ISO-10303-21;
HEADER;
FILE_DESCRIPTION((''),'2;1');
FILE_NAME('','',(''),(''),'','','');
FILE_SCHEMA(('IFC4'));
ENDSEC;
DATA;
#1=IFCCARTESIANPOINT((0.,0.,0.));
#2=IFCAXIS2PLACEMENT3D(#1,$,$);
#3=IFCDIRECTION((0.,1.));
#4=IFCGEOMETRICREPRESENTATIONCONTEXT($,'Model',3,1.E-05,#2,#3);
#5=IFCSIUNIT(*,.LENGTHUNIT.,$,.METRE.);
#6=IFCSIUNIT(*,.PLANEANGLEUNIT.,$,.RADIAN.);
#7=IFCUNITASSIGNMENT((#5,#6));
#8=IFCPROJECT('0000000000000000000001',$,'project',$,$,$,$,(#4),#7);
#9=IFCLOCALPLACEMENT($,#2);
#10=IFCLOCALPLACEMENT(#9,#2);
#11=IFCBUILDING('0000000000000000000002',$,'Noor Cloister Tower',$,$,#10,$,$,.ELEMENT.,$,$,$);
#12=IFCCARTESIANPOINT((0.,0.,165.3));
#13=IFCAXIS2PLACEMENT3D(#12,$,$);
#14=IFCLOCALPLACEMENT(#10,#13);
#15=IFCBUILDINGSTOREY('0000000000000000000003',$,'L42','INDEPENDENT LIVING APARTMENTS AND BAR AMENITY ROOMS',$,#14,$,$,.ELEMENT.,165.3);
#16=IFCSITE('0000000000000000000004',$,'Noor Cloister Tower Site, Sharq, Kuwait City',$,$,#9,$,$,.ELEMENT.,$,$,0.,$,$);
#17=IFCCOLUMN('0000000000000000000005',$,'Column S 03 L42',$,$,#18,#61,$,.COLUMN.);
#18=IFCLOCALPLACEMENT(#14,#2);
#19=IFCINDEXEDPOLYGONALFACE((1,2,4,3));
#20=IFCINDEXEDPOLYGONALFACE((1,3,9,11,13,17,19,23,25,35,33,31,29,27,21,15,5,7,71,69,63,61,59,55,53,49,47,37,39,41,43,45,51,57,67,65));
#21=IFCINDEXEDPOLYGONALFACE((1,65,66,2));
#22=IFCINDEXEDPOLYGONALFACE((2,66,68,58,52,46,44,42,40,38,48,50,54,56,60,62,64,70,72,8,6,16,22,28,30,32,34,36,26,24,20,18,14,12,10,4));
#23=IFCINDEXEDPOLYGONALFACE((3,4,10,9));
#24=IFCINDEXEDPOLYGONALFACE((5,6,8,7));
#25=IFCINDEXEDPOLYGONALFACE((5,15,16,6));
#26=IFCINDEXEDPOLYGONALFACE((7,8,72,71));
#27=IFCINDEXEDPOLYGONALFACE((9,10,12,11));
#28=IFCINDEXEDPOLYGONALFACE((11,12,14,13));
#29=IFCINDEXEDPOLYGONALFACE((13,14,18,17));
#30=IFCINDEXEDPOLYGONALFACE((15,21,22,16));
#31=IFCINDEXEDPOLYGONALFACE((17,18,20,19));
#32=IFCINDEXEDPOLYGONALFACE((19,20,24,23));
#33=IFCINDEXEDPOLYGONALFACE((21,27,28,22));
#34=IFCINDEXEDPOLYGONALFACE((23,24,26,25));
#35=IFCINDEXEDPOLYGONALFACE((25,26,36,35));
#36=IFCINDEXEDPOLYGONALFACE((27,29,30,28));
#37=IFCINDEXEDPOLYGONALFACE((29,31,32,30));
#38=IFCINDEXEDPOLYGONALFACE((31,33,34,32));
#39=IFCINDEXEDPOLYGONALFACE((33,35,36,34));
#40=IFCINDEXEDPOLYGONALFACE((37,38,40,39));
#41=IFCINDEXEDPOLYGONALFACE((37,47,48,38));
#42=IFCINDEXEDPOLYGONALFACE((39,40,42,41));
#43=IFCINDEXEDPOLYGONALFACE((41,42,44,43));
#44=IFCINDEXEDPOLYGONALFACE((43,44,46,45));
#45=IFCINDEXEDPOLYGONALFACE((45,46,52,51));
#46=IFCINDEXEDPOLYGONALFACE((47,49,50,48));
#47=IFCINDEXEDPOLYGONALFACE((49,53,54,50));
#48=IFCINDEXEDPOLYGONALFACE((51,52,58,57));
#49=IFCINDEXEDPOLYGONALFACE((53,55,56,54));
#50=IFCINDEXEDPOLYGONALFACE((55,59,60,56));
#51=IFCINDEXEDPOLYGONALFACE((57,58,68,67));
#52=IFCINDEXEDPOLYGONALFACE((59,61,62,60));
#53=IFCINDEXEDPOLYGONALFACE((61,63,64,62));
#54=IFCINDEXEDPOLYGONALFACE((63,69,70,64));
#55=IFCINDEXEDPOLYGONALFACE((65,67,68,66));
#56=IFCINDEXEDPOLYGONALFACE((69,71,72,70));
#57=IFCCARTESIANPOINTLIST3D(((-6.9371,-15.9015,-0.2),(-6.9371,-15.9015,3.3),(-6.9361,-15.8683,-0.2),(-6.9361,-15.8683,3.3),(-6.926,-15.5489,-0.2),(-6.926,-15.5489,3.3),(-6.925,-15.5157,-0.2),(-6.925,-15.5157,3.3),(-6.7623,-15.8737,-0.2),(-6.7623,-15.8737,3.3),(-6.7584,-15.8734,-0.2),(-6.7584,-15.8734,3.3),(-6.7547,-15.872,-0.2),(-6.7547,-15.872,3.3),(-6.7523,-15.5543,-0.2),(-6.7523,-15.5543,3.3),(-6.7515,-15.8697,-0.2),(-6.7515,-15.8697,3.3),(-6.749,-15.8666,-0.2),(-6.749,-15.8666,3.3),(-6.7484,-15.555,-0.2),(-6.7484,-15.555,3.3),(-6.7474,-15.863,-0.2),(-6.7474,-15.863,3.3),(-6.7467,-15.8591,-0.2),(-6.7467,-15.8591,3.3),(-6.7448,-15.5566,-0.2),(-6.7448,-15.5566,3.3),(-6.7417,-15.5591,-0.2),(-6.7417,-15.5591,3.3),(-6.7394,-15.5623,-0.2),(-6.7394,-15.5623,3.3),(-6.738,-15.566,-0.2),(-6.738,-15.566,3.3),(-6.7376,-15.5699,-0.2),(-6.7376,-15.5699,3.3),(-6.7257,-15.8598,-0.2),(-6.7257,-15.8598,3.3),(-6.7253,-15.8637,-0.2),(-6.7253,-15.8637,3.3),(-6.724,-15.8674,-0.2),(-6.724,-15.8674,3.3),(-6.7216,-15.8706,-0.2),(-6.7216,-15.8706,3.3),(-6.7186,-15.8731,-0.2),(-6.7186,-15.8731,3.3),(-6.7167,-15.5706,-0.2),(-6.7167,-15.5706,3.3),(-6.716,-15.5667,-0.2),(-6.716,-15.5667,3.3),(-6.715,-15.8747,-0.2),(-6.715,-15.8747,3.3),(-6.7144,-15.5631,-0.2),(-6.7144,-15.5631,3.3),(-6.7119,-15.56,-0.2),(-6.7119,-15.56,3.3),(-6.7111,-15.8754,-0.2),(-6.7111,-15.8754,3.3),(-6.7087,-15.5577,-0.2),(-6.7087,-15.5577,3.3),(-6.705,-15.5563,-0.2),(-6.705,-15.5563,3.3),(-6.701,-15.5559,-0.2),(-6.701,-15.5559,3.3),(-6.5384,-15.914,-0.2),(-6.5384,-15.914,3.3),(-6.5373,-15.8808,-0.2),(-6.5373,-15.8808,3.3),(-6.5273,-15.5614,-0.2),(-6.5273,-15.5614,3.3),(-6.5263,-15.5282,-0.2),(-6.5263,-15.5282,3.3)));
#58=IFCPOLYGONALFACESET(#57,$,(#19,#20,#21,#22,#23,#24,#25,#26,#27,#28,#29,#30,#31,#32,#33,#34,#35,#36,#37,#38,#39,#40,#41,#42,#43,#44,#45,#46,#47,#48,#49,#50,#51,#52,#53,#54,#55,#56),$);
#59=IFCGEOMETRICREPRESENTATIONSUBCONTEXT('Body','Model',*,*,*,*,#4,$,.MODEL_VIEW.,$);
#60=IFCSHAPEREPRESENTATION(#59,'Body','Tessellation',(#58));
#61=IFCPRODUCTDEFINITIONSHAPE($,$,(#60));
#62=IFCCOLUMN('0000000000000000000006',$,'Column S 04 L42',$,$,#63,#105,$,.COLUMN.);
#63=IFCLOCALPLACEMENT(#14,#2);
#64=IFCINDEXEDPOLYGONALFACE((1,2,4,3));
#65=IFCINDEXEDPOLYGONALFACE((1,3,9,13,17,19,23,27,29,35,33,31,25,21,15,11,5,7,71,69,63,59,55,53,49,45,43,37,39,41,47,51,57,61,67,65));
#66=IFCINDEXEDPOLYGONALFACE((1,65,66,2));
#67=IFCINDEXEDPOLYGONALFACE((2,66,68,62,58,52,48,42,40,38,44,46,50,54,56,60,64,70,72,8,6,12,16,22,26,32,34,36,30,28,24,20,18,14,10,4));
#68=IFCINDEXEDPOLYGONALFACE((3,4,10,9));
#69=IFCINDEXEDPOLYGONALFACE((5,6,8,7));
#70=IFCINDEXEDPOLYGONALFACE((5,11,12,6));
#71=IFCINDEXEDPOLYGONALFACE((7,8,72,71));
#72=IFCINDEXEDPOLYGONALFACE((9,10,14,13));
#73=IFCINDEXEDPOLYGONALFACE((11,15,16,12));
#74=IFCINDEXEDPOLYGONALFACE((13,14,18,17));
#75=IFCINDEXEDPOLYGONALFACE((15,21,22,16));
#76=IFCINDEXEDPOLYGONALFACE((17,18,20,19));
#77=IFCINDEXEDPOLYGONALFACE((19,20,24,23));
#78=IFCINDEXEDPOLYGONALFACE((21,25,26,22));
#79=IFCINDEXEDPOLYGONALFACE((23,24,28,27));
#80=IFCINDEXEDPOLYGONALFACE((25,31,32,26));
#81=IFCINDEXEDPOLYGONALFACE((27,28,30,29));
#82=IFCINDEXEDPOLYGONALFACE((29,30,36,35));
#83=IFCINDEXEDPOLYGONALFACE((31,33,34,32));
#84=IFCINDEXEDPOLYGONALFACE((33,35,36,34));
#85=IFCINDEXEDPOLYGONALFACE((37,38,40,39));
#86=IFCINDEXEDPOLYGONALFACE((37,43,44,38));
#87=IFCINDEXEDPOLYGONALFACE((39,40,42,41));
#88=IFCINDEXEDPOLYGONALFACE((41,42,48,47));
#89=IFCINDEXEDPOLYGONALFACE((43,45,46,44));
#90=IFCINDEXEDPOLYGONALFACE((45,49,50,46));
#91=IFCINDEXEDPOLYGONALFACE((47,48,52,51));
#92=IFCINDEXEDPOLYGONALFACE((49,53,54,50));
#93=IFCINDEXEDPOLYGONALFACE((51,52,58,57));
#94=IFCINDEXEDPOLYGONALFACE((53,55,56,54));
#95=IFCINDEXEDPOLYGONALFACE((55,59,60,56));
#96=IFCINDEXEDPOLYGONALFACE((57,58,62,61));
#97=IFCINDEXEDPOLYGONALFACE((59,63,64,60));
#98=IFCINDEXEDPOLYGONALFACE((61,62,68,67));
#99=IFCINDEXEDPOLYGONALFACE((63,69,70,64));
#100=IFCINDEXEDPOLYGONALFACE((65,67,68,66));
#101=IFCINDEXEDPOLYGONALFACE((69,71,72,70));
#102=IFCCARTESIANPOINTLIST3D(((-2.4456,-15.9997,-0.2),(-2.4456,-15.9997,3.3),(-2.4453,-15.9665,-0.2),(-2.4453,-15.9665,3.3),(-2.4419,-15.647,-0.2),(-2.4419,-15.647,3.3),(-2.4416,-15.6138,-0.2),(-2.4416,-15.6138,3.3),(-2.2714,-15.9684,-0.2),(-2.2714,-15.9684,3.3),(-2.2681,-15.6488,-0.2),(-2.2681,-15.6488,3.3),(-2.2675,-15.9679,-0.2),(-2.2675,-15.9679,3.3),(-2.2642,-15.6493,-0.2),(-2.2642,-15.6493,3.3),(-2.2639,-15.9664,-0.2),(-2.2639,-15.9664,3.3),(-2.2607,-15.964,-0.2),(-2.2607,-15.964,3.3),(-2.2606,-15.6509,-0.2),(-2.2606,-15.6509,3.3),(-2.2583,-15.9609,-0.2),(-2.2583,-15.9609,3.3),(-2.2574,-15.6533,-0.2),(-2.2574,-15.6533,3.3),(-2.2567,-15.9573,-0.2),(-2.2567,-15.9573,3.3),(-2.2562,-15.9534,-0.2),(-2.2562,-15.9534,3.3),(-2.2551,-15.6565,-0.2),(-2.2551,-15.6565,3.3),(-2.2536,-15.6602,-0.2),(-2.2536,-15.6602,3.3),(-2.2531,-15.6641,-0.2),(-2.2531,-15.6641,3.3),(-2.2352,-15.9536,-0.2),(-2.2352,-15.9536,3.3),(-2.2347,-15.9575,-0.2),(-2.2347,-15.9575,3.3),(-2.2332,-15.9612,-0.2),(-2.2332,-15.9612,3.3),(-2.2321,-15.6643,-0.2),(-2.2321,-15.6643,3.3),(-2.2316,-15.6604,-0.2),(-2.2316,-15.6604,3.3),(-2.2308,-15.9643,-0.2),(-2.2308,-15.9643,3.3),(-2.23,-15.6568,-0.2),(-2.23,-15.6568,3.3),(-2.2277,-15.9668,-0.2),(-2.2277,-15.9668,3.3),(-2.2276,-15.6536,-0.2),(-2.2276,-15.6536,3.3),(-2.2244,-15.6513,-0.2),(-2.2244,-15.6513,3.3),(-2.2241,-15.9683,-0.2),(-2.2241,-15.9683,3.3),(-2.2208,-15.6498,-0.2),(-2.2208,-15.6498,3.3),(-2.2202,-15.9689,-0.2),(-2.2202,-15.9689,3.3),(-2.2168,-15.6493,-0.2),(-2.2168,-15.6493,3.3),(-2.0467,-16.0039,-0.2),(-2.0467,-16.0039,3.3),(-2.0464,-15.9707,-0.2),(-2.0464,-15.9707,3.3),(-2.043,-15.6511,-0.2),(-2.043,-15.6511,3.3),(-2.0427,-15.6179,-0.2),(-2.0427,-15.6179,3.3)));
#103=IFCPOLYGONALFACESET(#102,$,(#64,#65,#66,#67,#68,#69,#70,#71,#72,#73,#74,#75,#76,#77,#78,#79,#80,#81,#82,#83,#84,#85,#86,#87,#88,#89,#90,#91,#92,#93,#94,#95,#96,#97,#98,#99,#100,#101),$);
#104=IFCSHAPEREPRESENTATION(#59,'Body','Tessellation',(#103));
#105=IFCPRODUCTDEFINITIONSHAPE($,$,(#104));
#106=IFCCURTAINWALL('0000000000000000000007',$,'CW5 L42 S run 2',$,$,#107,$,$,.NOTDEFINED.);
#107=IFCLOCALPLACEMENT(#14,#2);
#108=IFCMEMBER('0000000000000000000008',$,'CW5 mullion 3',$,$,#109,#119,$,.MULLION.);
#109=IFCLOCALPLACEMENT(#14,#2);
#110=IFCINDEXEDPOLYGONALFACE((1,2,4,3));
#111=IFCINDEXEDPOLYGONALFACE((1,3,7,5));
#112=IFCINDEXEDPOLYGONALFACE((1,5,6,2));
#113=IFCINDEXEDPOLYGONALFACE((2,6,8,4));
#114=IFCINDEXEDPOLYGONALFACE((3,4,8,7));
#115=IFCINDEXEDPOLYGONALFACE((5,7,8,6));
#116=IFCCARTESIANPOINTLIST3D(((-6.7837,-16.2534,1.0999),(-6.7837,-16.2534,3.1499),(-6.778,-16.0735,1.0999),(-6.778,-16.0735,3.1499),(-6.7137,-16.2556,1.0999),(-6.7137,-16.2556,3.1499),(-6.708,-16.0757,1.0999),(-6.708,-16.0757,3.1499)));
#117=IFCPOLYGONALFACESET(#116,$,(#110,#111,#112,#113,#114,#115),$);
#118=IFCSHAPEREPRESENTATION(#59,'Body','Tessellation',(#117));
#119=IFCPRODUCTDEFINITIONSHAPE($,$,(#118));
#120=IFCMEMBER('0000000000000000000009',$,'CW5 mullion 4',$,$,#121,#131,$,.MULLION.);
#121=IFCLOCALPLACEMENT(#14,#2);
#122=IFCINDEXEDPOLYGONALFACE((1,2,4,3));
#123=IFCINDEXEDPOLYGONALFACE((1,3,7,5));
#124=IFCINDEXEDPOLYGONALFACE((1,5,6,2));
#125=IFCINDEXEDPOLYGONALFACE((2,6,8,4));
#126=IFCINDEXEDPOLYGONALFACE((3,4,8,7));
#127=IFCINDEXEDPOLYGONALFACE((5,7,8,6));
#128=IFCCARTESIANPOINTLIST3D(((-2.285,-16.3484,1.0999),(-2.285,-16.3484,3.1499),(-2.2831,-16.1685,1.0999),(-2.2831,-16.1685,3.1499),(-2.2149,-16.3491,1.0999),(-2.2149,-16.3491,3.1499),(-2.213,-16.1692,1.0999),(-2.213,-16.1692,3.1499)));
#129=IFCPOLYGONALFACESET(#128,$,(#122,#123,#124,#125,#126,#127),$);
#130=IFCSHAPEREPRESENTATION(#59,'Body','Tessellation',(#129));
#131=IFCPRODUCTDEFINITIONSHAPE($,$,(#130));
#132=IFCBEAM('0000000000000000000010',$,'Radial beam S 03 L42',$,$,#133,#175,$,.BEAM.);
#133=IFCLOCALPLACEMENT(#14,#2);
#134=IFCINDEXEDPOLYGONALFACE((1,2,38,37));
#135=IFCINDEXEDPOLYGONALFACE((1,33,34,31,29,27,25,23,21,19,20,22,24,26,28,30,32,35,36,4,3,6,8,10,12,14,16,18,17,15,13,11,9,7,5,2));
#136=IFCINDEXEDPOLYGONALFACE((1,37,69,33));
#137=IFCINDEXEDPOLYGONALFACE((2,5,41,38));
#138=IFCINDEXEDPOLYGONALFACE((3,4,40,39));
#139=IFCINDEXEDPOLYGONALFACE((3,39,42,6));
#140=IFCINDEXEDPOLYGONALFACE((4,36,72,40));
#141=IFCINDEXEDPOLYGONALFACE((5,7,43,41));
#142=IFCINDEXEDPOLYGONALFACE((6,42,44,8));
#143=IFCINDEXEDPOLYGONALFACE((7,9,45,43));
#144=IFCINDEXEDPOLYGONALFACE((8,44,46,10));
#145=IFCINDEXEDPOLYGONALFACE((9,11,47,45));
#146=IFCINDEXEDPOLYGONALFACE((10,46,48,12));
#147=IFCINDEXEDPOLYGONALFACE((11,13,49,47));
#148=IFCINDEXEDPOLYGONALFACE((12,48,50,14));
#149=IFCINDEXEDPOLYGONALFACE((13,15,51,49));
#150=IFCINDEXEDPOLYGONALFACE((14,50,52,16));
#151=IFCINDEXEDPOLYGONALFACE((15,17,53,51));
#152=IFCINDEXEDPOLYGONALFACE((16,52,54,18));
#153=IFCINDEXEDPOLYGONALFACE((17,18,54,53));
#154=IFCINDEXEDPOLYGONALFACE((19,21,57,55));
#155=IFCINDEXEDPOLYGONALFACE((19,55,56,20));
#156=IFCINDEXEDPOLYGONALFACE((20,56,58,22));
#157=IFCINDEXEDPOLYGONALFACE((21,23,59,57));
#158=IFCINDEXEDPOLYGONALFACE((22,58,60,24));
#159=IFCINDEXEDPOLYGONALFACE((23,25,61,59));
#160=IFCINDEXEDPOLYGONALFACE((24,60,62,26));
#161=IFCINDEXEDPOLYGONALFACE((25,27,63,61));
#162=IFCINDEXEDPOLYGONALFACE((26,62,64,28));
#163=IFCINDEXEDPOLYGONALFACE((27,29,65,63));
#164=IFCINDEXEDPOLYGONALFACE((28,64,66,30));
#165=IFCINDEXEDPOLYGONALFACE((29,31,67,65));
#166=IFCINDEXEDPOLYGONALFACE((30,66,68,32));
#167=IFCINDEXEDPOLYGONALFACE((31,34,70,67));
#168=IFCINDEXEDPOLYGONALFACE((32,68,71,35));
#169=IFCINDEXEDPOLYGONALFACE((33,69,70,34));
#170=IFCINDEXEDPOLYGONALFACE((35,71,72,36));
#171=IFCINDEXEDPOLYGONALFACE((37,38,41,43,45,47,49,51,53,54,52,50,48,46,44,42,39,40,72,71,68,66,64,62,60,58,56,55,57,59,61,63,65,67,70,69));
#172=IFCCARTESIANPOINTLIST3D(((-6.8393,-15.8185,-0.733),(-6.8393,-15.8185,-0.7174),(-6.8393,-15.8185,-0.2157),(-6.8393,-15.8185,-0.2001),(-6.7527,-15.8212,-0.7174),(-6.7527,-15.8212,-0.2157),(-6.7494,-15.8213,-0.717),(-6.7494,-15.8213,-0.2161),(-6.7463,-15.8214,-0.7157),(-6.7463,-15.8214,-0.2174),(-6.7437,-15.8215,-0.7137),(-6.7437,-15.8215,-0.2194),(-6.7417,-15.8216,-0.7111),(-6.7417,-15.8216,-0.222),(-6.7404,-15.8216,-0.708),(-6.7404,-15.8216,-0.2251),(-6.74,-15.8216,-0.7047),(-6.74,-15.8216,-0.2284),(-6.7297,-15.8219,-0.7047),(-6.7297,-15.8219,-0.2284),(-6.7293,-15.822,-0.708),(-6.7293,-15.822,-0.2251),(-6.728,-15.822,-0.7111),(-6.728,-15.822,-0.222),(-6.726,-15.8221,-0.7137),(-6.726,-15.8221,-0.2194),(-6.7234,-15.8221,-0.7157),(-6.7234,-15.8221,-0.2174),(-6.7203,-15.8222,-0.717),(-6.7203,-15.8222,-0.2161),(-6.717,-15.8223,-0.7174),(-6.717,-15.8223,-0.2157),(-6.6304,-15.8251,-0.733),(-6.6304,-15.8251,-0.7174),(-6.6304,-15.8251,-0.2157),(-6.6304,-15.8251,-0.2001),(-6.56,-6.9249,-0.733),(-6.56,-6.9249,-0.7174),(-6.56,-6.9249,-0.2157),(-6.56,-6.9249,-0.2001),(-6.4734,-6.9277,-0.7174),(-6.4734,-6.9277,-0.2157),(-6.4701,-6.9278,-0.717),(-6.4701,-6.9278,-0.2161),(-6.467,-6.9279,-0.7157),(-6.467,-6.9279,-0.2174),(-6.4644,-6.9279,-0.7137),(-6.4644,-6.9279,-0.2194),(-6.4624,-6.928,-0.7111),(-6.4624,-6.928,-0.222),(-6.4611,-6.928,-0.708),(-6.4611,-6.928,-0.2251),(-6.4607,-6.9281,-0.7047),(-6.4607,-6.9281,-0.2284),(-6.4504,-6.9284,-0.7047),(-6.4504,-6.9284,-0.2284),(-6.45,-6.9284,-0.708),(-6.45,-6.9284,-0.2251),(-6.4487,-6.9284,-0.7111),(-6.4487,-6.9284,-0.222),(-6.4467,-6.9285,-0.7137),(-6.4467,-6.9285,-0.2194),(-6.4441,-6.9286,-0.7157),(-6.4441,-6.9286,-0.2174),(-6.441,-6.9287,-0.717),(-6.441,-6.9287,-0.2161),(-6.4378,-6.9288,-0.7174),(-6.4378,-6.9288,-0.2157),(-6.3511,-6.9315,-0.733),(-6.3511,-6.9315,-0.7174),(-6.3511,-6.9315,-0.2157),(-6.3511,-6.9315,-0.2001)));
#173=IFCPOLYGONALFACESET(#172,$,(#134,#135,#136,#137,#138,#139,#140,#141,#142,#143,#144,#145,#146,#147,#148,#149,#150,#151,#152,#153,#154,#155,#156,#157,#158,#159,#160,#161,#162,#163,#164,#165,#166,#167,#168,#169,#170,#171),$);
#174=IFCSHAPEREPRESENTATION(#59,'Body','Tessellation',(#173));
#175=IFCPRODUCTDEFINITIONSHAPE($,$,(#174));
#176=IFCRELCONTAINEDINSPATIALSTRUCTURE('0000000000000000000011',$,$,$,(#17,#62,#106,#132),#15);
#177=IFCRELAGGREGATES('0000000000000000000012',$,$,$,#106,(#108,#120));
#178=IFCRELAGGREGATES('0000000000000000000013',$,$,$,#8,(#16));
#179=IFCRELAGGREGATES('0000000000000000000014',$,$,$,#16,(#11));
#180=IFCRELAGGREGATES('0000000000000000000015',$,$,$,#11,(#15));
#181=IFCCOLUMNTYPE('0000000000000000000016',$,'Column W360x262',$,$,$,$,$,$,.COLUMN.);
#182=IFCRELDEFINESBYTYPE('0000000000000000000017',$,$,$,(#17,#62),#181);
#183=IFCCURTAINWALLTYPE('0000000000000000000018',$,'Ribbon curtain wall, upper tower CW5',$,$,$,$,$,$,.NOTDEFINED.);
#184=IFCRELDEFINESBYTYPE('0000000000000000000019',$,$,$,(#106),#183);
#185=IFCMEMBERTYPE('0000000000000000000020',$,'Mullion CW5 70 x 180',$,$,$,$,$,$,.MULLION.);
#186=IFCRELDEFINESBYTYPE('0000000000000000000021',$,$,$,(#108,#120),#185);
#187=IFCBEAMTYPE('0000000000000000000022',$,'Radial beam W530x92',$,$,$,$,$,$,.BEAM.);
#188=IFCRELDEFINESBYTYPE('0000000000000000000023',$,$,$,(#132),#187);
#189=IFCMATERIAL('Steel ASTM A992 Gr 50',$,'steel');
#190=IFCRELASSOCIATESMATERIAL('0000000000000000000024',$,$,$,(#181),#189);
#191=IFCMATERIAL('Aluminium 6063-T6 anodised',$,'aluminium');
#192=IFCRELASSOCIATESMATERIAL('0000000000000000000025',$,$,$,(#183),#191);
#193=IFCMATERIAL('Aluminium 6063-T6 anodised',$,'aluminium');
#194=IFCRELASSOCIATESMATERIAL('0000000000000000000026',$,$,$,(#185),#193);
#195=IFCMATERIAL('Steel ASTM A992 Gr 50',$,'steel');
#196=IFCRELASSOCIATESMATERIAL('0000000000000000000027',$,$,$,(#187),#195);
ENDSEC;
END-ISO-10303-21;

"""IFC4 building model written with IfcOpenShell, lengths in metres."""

from ifc_helpers import new_model, si_unit, direction, frame, origin, origin_2d, place, context, subcontext, project, spatial, rectangle, i_section, extrude, material, material_profile, profile_set, type_object, element, aggregate, save


model = new_model("IFC4")

# Units and contexts
model_context = context("Model", 3, precision=1e-05, world=origin(), true_north=direction((0.0, 1.0)))
body_context = subcontext(model_context, "Body", "Model", "MODEL_VIEW")
ifc_project = project(units=[si_unit("LENGTHUNIT", "METRE"), si_unit("PLANEANGLEUNIT", "RADIAN")], contexts=[model_context])

# Site, building, storey
site_placement = place(None, origin())
site = spatial("IfcSite", under=ifc_project, at=site_placement, Name="Noor Cloister Tower Site, Sharq, Kuwait City", CompositionType="ELEMENT", RefElevation=0.0)
building_placement = place(site_placement, origin())
building = spatial("IfcBuilding", under=site, at=building_placement, Name="Noor Cloister Tower", CompositionType="ELEMENT")
storey_placement = place(building_placement, frame((0.0, 0.0, 165.3)))
storey = spatial("IfcBuildingStorey", under=building, at=storey_placement, Name="L42", Description="INDEPENDENT LIVING APARTMENTS AND BAR AMENITY ROOMS", CompositionType="ELEMENT", Elevation=165.3)

# Columns
ifc_material_1 = material(Name="Steel ASTM A992 Gr 50", Category="steel")
ifc_material_profile_1 = material_profile(ifc_material_1, i_section(OverallWidth=0.3989, OverallDepth=0.386, WebThickness=0.021, FlangeThickness=0.0332, FilletRadius=0.0151, at=origin_2d()), Name="W360x262")
ifc_profile_set_1 = profile_set([ifc_material_profile_1], Name="Steel ASTM A992 Gr 50")
column_type = type_object("IfcColumnType", Name="Column W360x262", PredefinedType="COLUMN", material=ifc_profile_set_1)
for number, where, z_axis, x_axis, name in (
    (1, (-6.7317, -15.7148, -0.2), (0.0, 0.0, 1.0), (0.999506, -0.031414, 0.0), "Column S 03 L42"),
    (2, (-2.2441, -15.8088, -0.2), (0.0, 0.0, 1.0), (0.999945, -0.010473, 0.0), "Column S 04 L42"),
):
    element("IfcColumn", number, at=place(storey_placement, frame(where, z_axis=z_axis, x_axis=x_axis)), inside=storey, type_object=column_type, Name=name, PredefinedType="COLUMN", context=body_context, shape_type="SweptSolid", body=[
        extrude(i_section(OverallWidth=0.3989, OverallDepth=0.386, WebThickness=0.021, FlangeThickness=0.0332, FilletRadius=0.0151, at=origin_2d()), origin(), (0.0, 0.0, 1.0), 3.5),
    ])

# Curtain wall, members
ifc_material_2 = material(Name="Aluminium 6063-T6 anodised", Category="aluminium")
curtain_wall_type = type_object("IfcCurtainWallType", Name="Ribbon curtain wall, upper tower CW5", PredefinedType="NOTDEFINED", material=ifc_material_2)
curtain_wall_placement = place(storey_placement, origin())
curtain_wall = element("IfcCurtainWall", 3, at=curtain_wall_placement, inside=storey, type_object=curtain_wall_type, Name="CW5 L42 S run 2", PredefinedType="NOTDEFINED")
ifc_material_3 = material(Name="Aluminium 6063-T6 anodised", Category="aluminium")
ifc_material_profile_2 = material_profile(ifc_material_3, rectangle(XDim=0.1799, YDim=0.0701, at=origin_2d()), Name="180 x 70 mullion")
ifc_profile_set_2 = profile_set([ifc_material_profile_2], Name="Aluminium 6063-T6 anodised")
member_type = type_object("IfcMemberType", Name="Mullion CW5 70 x 180", PredefinedType="MULLION", material=ifc_profile_set_2)
member_1_placement = place(storey_placement, frame((-6.7458, -16.1646, 1.0999), z_axis=(0.0, 0.0, 1.0), x_axis=(0.031414, 0.999506, 0.0)))
member_1 = element("IfcMember", 4, at=member_1_placement, type_object=member_type, Name="CW5 mullion 3", PredefinedType="MULLION", context=body_context, shape_type="SweptSolid", body=[
    extrude(rectangle(XDim=0.1799, YDim=0.0701, at=origin_2d()), origin(), (0.0, 0.0, 1.0), 2.05),
])
member_2_placement = place(storey_placement, frame((-2.249, -16.2588, 1.0999), z_axis=(0.0, 0.0, 1.0), x_axis=(0.010473, 0.999945, 0.0)))
member_2 = element("IfcMember", 5, at=member_2_placement, type_object=member_type, Name="CW5 mullion 4", PredefinedType="MULLION", context=body_context, shape_type="SweptSolid", body=[
    extrude(rectangle(XDim=0.1799, YDim=0.0701, at=origin_2d()), origin(), (0.0, 0.0, 1.0), 2.05),
])

# Beam
ifc_material_4 = material(Name="Steel ASTM A992 Gr 50", Category="steel")
ifc_material_profile_3 = material_profile(ifc_material_4, i_section(OverallWidth=0.209, OverallDepth=0.533, WebThickness=0.0103, FlangeThickness=0.0156, FilletRadius=0.0127, at=origin_2d()), Name="W530x92")
ifc_profile_set_3 = profile_set([ifc_material_profile_3], Name="Steel ASTM A992 Gr 50")
beam_type_1 = type_object("IfcBeamType", Name="Radial beam W530x92", PredefinedType="BEAM", material=ifc_profile_set_3)
beam_1_placement = place(storey_placement, frame((-6.7349, -15.8218, -0.4666), z_axis=(0.031389, 0.999507, 0.0), x_axis=(-0.999507, 0.031389, 0.0)))
element("IfcBeam", 6, at=beam_1_placement, inside=storey, type_object=beam_type_1, Name="Radial beam S 03 L42", PredefinedType="BEAM", context=body_context, shape_type="SweptSolid", body=[
    extrude(i_section(OverallWidth=0.209, OverallDepth=0.533, WebThickness=0.0103, FlangeThickness=0.0156, FilletRadius=0.0127, at=origin_2d()), origin(), (0.0, 0.0, 1.0), 8.8979),
])

aggregate(curtain_wall, [member_1, member_2])

save(model, "model.ifc")
